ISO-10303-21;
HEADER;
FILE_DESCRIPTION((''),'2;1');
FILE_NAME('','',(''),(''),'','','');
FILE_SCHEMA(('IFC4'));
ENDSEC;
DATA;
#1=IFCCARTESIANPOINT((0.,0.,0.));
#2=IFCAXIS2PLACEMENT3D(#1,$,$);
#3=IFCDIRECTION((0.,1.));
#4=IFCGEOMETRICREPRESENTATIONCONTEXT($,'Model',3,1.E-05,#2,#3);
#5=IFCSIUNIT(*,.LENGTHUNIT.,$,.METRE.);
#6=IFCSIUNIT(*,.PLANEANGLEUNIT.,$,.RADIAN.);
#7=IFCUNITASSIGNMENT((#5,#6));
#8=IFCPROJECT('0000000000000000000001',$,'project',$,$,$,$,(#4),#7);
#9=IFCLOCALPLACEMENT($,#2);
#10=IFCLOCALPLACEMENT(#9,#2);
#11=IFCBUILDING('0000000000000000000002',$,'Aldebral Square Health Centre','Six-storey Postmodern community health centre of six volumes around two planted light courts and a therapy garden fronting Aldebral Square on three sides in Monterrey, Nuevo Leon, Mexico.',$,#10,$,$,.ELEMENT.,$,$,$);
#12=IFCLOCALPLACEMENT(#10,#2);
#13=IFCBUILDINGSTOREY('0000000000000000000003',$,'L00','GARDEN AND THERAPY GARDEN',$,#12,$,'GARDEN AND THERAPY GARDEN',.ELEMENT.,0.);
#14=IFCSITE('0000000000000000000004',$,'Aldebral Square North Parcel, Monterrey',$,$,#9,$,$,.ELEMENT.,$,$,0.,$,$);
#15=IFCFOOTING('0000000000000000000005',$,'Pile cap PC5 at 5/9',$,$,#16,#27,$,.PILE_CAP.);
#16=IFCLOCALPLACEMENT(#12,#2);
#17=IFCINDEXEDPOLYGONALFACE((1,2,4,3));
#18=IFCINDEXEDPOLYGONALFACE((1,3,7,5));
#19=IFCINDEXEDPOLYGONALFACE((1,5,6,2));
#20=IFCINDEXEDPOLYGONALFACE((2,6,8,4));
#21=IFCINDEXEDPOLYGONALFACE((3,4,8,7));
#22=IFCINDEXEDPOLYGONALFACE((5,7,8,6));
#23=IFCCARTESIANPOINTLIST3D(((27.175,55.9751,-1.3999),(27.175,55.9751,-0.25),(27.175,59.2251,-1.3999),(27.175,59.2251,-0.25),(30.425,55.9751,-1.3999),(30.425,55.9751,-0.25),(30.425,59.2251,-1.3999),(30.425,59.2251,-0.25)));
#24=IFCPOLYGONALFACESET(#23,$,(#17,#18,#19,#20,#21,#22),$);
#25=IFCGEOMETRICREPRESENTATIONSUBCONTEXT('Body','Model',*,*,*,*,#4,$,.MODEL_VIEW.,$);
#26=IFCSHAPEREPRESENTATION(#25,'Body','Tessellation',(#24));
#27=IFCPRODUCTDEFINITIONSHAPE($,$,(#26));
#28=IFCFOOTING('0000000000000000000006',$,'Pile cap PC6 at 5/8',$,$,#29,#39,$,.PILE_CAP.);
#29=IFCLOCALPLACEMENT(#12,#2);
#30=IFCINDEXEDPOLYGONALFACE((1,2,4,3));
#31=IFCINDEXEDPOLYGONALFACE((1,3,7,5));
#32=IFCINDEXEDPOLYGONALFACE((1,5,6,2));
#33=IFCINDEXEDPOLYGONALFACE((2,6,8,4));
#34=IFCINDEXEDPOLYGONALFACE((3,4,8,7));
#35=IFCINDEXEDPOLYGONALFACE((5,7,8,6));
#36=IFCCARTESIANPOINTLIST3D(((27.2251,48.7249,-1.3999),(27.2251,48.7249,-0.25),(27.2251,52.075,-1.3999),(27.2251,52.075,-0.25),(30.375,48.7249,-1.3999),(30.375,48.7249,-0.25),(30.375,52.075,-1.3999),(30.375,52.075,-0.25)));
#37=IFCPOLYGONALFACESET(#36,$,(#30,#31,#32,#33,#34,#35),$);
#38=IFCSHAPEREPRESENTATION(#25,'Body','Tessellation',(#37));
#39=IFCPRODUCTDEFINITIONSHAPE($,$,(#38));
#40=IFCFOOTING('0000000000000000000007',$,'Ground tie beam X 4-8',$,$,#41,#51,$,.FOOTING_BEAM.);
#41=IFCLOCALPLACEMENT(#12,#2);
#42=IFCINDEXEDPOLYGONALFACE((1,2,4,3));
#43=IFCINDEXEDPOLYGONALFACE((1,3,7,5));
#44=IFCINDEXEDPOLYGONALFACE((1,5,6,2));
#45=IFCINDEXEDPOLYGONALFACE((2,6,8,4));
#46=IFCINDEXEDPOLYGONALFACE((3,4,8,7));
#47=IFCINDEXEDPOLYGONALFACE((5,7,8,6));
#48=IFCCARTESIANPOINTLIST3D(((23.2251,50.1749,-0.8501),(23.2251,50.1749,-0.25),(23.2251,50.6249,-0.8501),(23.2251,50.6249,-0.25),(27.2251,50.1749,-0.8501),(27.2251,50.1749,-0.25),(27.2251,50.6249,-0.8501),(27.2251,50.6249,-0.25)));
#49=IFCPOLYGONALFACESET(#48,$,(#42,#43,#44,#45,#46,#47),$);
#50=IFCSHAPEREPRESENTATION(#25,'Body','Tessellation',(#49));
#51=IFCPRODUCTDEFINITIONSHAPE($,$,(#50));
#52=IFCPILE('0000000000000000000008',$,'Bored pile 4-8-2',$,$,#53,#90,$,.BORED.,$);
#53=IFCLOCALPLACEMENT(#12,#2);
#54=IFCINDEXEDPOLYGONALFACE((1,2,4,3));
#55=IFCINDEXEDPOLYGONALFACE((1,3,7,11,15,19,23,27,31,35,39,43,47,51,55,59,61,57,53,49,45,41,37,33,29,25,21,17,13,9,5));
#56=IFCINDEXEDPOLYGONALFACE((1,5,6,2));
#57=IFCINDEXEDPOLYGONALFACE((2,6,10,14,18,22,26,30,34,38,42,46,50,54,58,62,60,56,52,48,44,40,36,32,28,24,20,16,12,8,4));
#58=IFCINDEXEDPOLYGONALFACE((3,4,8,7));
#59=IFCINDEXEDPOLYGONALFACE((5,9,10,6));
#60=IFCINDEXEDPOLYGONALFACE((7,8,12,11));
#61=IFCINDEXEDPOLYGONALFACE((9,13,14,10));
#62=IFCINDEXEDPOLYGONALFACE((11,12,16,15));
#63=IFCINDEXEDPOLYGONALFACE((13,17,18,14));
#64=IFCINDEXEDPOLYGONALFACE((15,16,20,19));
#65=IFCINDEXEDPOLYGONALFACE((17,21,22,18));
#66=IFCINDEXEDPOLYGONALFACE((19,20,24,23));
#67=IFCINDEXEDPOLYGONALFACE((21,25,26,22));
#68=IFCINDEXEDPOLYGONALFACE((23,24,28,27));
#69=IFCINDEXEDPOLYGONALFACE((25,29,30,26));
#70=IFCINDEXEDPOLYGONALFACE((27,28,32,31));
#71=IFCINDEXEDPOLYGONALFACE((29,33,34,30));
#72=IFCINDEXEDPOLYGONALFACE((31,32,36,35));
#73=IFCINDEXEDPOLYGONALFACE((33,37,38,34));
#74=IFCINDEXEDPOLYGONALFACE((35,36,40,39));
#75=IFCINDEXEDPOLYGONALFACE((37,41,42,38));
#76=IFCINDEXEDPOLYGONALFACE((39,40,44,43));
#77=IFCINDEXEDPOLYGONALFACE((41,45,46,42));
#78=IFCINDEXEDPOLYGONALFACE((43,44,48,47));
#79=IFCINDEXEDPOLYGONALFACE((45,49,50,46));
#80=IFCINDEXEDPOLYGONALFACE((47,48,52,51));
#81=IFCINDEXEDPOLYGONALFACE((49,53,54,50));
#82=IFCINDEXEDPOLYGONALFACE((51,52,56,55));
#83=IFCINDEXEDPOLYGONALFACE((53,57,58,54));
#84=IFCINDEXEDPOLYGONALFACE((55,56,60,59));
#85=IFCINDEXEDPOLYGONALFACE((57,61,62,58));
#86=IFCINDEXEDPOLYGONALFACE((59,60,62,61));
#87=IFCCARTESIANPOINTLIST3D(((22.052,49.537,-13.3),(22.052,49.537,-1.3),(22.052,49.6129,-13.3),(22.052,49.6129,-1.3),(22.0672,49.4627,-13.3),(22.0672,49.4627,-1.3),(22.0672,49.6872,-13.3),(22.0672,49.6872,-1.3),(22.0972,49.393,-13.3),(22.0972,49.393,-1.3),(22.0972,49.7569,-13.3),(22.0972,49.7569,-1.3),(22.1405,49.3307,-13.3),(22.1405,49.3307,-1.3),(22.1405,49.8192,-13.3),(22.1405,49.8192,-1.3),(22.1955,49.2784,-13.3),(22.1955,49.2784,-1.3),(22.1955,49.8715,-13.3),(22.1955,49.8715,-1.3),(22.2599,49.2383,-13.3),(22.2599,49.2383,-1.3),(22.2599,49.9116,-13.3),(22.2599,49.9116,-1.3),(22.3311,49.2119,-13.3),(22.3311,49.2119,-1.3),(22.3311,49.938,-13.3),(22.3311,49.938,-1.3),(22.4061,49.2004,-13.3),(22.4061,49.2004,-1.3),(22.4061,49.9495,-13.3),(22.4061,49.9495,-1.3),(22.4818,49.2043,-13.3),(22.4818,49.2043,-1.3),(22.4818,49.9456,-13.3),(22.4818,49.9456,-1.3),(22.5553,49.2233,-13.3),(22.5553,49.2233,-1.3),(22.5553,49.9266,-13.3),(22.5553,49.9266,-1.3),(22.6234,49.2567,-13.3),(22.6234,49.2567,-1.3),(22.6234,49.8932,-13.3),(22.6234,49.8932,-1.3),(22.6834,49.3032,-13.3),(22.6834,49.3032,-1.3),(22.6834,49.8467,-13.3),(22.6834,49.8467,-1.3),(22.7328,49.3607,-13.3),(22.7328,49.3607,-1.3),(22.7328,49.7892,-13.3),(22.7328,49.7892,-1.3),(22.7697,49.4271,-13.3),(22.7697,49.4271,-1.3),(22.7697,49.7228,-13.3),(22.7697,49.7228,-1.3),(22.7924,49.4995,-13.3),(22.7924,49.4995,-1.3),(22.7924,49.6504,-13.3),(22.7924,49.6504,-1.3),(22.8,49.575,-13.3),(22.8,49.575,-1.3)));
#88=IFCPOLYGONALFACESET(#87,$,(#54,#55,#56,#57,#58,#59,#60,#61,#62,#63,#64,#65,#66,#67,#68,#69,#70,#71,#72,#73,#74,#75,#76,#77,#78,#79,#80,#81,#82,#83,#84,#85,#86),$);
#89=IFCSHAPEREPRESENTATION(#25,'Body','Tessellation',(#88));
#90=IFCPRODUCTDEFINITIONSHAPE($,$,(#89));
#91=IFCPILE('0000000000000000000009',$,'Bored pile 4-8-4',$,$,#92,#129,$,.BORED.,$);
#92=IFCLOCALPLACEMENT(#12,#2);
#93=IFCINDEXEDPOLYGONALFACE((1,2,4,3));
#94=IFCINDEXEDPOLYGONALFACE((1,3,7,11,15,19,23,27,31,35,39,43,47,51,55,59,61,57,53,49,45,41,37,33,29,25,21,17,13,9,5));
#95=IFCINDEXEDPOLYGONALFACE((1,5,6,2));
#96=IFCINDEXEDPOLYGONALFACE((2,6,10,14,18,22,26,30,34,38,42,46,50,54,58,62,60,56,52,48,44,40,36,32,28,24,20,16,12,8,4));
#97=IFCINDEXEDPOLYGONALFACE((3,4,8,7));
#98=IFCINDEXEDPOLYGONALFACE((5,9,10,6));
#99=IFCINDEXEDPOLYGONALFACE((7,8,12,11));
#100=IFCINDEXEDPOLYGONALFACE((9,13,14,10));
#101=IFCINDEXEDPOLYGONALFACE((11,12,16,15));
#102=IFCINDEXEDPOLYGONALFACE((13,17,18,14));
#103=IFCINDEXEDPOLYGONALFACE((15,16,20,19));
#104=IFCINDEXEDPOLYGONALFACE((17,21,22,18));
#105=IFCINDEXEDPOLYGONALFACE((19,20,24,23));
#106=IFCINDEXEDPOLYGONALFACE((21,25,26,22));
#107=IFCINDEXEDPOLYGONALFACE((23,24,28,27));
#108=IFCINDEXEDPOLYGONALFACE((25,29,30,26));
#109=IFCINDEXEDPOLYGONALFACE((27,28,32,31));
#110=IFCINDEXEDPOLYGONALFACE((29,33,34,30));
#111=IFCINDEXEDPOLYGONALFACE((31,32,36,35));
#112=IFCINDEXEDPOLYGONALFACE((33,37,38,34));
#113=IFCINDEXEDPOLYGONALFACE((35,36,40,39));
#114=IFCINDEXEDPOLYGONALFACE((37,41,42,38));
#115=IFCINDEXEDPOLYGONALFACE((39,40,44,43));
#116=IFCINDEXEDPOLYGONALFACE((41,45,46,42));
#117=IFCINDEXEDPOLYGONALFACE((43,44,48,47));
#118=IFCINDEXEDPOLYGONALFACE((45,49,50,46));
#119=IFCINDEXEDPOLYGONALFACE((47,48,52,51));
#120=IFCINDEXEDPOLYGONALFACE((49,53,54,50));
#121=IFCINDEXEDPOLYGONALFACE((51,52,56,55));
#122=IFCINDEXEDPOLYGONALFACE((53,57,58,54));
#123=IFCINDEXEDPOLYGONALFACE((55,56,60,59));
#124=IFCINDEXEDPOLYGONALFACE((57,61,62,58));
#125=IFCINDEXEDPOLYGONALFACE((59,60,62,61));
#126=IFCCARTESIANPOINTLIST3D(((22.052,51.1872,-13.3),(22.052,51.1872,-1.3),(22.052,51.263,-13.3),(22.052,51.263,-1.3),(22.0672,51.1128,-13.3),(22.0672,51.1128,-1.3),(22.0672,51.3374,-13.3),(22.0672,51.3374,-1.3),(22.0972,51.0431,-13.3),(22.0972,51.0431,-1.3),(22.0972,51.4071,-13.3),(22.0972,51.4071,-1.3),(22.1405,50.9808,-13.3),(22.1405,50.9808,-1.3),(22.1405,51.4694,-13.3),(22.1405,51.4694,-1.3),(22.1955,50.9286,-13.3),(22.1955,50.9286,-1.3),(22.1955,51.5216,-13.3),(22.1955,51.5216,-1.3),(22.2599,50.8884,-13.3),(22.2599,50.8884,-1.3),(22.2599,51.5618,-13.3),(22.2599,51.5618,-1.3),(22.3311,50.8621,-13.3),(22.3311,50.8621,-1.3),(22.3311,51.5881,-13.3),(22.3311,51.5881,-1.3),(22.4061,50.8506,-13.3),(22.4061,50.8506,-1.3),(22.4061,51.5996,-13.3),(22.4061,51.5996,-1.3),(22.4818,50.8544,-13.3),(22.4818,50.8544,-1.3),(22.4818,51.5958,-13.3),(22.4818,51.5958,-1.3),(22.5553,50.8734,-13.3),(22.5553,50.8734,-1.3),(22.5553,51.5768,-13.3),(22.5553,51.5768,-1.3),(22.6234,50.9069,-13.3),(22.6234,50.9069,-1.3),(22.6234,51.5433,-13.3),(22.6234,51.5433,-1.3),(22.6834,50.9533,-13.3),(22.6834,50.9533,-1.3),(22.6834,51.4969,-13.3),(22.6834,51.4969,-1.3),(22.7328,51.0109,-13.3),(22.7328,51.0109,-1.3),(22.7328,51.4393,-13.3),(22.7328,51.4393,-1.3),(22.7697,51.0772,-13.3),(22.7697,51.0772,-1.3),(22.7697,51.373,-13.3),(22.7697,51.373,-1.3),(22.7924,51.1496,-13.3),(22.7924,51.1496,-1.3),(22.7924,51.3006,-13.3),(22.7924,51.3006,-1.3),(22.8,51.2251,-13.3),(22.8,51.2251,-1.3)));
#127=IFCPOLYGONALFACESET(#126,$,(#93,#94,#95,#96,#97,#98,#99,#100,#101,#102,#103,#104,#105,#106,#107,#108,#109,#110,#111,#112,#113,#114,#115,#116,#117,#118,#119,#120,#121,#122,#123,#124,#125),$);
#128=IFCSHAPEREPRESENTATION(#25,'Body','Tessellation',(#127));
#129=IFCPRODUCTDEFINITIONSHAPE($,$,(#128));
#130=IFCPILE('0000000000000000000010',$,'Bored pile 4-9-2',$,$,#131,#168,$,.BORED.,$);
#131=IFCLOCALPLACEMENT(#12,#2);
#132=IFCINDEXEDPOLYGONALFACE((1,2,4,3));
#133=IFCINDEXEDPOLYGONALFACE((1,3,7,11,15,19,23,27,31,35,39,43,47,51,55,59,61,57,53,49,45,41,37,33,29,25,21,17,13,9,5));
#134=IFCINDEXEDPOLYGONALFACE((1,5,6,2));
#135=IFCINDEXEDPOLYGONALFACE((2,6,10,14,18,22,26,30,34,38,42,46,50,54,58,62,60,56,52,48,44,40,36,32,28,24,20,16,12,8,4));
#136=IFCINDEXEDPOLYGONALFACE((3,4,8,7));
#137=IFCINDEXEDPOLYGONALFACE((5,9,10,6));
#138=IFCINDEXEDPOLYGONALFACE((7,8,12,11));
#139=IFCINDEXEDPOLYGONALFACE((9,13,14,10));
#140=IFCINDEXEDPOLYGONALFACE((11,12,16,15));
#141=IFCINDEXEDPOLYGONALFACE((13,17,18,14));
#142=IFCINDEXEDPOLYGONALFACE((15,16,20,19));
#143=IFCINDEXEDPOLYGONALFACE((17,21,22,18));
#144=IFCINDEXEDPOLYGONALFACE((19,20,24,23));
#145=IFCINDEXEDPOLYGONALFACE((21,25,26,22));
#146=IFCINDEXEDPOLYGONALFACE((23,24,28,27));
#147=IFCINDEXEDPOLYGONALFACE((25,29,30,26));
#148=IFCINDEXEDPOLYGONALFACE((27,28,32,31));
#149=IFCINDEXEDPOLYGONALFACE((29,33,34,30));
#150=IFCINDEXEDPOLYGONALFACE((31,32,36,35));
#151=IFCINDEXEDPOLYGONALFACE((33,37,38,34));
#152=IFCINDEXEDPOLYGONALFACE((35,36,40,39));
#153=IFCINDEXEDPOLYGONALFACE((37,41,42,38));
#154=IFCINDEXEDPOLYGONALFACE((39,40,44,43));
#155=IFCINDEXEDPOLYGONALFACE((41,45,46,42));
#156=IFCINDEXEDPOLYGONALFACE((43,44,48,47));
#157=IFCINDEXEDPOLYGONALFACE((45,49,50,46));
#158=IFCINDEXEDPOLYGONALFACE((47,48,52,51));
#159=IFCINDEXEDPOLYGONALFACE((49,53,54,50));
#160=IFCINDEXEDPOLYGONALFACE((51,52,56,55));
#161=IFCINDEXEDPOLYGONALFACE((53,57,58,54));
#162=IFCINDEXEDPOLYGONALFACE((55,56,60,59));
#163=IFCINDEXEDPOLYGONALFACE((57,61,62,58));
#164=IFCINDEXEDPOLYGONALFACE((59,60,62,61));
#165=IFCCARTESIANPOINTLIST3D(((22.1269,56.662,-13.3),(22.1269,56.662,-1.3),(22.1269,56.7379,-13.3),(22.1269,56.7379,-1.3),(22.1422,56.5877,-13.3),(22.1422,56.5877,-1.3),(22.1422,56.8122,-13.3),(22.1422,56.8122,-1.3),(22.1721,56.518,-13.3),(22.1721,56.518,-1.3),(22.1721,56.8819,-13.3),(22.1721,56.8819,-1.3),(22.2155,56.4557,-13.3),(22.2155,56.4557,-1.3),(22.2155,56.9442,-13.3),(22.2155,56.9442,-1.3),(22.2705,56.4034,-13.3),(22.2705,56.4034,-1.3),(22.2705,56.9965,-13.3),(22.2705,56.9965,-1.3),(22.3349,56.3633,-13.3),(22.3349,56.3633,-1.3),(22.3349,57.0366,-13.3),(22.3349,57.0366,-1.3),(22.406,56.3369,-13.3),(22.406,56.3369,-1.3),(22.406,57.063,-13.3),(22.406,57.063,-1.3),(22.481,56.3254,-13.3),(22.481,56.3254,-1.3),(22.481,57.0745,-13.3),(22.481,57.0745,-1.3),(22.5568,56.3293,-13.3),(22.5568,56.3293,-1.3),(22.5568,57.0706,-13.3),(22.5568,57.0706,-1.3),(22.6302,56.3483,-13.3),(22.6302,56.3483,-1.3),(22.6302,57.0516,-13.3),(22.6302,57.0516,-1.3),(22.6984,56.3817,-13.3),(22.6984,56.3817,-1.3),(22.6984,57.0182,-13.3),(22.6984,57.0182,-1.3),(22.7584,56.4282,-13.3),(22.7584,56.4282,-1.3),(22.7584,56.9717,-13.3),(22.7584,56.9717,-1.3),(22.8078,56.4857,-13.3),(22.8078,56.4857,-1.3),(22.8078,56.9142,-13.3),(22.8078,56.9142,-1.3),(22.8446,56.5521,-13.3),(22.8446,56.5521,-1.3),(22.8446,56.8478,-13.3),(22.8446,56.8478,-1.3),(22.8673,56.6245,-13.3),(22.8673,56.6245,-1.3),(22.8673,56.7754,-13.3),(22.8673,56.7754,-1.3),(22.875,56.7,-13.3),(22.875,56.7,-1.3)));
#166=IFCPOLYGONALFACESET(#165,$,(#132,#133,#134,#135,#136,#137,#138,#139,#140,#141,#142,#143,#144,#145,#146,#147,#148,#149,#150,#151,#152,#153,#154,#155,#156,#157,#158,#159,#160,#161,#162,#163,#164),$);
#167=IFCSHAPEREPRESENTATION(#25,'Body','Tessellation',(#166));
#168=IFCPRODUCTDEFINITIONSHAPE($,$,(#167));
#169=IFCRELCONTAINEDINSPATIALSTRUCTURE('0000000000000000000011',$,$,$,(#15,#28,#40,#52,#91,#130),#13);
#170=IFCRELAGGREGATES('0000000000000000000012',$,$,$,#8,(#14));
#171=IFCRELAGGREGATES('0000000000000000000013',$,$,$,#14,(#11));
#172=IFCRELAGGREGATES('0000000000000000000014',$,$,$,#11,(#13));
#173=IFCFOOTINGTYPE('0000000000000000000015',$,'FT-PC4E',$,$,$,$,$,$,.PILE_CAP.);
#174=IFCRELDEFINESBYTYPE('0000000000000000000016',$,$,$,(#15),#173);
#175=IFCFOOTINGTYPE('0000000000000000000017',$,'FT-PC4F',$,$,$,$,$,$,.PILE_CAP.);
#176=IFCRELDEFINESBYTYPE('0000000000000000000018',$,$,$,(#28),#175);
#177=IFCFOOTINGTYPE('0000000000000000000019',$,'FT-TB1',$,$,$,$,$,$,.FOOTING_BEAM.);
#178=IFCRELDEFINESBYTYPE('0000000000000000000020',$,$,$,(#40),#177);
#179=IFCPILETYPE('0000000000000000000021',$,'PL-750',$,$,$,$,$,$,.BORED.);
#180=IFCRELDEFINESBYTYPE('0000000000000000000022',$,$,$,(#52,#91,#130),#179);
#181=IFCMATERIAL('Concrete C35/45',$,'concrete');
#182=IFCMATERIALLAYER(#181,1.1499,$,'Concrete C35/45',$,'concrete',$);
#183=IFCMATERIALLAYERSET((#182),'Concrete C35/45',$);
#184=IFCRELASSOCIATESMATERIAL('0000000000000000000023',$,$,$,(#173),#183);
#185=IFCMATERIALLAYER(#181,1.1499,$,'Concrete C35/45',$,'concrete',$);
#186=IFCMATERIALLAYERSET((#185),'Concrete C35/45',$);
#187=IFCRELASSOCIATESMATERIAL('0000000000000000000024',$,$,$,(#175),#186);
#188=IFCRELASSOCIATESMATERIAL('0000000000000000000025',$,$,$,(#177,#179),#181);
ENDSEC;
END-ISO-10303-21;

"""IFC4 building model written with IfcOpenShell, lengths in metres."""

from ifc_helpers import new_model, si_unit, direction, frame, origin, origin_2d, place, context, subcontext, project, spatial, rectangle, circle, extrude, material, layer, layer_set, material_profile, profile_set, type_object, element, save


model = new_model("IFC4")

# Units and contexts
model_context = context("Model", 3, precision=1e-05, world=origin(), true_north=direction((0.0, 1.0)))
body_context = subcontext(model_context, "Body", "Model", "MODEL_VIEW")
ifc_project = project(units=[si_unit("LENGTHUNIT", "METRE"), si_unit("PLANEANGLEUNIT", "RADIAN")], contexts=[model_context])

# Site, building, storey
site_placement = place(None, origin())
site = spatial("IfcSite", under=ifc_project, at=site_placement, Name="Aldebral Square North Parcel, Monterrey", CompositionType="ELEMENT", RefElevation=0.0)
building_placement = place(site_placement, origin())
building = spatial("IfcBuilding", under=site, at=building_placement, Name="Aldebral Square Health Centre", Description="Six-storey Postmodern community health centre of six volumes around two planted light courts and a therapy garden fronting Aldebral Square on three sides in Monterrey, Nuevo Leon, Mexico.", CompositionType="ELEMENT")
storey_placement = place(building_placement, origin())
storey = spatial("IfcBuildingStorey", under=building, at=storey_placement, Name="L00", Description="GARDEN AND THERAPY GARDEN", LongName="GARDEN AND THERAPY GARDEN", CompositionType="ELEMENT", Elevation=0.0)

# Footings
ifc_material_1 = material(Name="Concrete C35/45", Category="concrete")
ifc_layer_1 = layer(ifc_material_1, 1.1499, Name="Concrete C35/45", Category="concrete")
ifc_layer_set_1 = layer_set([ifc_layer_1], Name="Concrete C35/45")
footing_type_1 = type_object("IfcFootingType", Name="FT-PC4E", PredefinedType="PILE_CAP", material=ifc_layer_set_1)
footing_1_placement = place(storey_placement, frame((28.8, 57.6001, -1.3999), z_axis=(0.0, 0.0, 1.0), x_axis=(1.0, 0.0, 0.0)))
element("IfcFooting", 1, at=footing_1_placement, inside=storey, type_object=footing_type_1, Name="Pile cap PC5 at 5/9", PredefinedType="PILE_CAP", context=body_context, shape_type="SweptSolid", body=[
    extrude(rectangle(XDim=3.25, YDim=3.25, at=origin_2d()), origin(), (0.0, 0.0, 1.0), 1.1499),
])
ifc_layer_2 = layer(ifc_material_1, 1.1499, Name="Concrete C35/45", Category="concrete")
ifc_layer_set_2 = layer_set([ifc_layer_2], Name="Concrete C35/45")
footing_type_2 = type_object("IfcFootingType", Name="FT-PC4F", PredefinedType="PILE_CAP", material=ifc_layer_set_2)
footing_2_placement = place(storey_placement, frame((28.8, 50.3999, -1.3999), z_axis=(0.0, 0.0, 1.0), x_axis=(1.0, 0.0, 0.0)))
element("IfcFooting", 2, at=footing_2_placement, inside=storey, type_object=footing_type_2, Name="Pile cap PC6 at 5/8", PredefinedType="PILE_CAP", context=body_context, shape_type="SweptSolid", body=[
    extrude(rectangle(XDim=3.1499, YDim=3.3501, at=origin_2d()), origin(), (0.0, 0.0, 1.0), 1.1499),
])
ifc_material_profile_1 = material_profile(ifc_material_1, rectangle(XDim=0.45, YDim=0.6001, at=origin_2d()), Name="RC 450x600")
ifc_profile_set_1 = profile_set([ifc_material_profile_1], Name="Concrete C35/45")
footing_type_3 = type_object("IfcFootingType", Name="FT-TB1", PredefinedType="FOOTING_BEAM", material=ifc_profile_set_1)
footing_3_placement = place(storey_placement, frame((23.2251, 50.3999, -0.55), z_axis=(1.0, 0.0, 0.0), x_axis=(0.0, 1.0, 0.0)))
element("IfcFooting", 3, at=footing_3_placement, inside=storey, type_object=footing_type_3, Name="Ground tie beam X 4-8", PredefinedType="FOOTING_BEAM", context=body_context, shape_type="SweptSolid", body=[
    extrude(rectangle(XDim=0.45, YDim=0.6001, at=origin_2d()), origin(), (0.0, 0.0, 1.0), 4.0),
])

# Piles
ifc_material_profile_2 = material_profile(ifc_material_1, circle(Radius=0.375, at=origin_2d()), Name="PILE D750")
ifc_profile_set_2 = profile_set([ifc_material_profile_2], Name="Concrete C35/45")
pile_type = type_object("IfcPileType", Name="PL-750", PredefinedType="BORED", material=ifc_profile_set_2)
for number, where, z_axis, x_axis, name in (
    (4, (22.425, 49.575, -1.3), (0.0, 0.0, -1.0), (1.0, 0.0, 0.0), "Bored pile 4-8-2"),
    (5, (22.425, 51.2251, -1.3), (0.0, 0.0, -1.0), (1.0, 0.0, 0.0), "Bored pile 4-8-4"),
    (6, (22.5, 56.7, -1.3), (0.0, 0.0, -1.0), (1.0, 0.0, 0.0), "Bored pile 4-9-2"),
):
    element("IfcPile", number, at=place(storey_placement, frame(where, z_axis=z_axis, x_axis=x_axis)), inside=storey, type_object=pile_type, Name=name, PredefinedType="BORED", context=body_context, shape_type="SweptSolid", body=[
        extrude(circle(Radius=0.375, at=origin_2d()), origin(), (0.0, 0.0, 1.0), 12.0),
    ])

save(model, "model.ifc")
